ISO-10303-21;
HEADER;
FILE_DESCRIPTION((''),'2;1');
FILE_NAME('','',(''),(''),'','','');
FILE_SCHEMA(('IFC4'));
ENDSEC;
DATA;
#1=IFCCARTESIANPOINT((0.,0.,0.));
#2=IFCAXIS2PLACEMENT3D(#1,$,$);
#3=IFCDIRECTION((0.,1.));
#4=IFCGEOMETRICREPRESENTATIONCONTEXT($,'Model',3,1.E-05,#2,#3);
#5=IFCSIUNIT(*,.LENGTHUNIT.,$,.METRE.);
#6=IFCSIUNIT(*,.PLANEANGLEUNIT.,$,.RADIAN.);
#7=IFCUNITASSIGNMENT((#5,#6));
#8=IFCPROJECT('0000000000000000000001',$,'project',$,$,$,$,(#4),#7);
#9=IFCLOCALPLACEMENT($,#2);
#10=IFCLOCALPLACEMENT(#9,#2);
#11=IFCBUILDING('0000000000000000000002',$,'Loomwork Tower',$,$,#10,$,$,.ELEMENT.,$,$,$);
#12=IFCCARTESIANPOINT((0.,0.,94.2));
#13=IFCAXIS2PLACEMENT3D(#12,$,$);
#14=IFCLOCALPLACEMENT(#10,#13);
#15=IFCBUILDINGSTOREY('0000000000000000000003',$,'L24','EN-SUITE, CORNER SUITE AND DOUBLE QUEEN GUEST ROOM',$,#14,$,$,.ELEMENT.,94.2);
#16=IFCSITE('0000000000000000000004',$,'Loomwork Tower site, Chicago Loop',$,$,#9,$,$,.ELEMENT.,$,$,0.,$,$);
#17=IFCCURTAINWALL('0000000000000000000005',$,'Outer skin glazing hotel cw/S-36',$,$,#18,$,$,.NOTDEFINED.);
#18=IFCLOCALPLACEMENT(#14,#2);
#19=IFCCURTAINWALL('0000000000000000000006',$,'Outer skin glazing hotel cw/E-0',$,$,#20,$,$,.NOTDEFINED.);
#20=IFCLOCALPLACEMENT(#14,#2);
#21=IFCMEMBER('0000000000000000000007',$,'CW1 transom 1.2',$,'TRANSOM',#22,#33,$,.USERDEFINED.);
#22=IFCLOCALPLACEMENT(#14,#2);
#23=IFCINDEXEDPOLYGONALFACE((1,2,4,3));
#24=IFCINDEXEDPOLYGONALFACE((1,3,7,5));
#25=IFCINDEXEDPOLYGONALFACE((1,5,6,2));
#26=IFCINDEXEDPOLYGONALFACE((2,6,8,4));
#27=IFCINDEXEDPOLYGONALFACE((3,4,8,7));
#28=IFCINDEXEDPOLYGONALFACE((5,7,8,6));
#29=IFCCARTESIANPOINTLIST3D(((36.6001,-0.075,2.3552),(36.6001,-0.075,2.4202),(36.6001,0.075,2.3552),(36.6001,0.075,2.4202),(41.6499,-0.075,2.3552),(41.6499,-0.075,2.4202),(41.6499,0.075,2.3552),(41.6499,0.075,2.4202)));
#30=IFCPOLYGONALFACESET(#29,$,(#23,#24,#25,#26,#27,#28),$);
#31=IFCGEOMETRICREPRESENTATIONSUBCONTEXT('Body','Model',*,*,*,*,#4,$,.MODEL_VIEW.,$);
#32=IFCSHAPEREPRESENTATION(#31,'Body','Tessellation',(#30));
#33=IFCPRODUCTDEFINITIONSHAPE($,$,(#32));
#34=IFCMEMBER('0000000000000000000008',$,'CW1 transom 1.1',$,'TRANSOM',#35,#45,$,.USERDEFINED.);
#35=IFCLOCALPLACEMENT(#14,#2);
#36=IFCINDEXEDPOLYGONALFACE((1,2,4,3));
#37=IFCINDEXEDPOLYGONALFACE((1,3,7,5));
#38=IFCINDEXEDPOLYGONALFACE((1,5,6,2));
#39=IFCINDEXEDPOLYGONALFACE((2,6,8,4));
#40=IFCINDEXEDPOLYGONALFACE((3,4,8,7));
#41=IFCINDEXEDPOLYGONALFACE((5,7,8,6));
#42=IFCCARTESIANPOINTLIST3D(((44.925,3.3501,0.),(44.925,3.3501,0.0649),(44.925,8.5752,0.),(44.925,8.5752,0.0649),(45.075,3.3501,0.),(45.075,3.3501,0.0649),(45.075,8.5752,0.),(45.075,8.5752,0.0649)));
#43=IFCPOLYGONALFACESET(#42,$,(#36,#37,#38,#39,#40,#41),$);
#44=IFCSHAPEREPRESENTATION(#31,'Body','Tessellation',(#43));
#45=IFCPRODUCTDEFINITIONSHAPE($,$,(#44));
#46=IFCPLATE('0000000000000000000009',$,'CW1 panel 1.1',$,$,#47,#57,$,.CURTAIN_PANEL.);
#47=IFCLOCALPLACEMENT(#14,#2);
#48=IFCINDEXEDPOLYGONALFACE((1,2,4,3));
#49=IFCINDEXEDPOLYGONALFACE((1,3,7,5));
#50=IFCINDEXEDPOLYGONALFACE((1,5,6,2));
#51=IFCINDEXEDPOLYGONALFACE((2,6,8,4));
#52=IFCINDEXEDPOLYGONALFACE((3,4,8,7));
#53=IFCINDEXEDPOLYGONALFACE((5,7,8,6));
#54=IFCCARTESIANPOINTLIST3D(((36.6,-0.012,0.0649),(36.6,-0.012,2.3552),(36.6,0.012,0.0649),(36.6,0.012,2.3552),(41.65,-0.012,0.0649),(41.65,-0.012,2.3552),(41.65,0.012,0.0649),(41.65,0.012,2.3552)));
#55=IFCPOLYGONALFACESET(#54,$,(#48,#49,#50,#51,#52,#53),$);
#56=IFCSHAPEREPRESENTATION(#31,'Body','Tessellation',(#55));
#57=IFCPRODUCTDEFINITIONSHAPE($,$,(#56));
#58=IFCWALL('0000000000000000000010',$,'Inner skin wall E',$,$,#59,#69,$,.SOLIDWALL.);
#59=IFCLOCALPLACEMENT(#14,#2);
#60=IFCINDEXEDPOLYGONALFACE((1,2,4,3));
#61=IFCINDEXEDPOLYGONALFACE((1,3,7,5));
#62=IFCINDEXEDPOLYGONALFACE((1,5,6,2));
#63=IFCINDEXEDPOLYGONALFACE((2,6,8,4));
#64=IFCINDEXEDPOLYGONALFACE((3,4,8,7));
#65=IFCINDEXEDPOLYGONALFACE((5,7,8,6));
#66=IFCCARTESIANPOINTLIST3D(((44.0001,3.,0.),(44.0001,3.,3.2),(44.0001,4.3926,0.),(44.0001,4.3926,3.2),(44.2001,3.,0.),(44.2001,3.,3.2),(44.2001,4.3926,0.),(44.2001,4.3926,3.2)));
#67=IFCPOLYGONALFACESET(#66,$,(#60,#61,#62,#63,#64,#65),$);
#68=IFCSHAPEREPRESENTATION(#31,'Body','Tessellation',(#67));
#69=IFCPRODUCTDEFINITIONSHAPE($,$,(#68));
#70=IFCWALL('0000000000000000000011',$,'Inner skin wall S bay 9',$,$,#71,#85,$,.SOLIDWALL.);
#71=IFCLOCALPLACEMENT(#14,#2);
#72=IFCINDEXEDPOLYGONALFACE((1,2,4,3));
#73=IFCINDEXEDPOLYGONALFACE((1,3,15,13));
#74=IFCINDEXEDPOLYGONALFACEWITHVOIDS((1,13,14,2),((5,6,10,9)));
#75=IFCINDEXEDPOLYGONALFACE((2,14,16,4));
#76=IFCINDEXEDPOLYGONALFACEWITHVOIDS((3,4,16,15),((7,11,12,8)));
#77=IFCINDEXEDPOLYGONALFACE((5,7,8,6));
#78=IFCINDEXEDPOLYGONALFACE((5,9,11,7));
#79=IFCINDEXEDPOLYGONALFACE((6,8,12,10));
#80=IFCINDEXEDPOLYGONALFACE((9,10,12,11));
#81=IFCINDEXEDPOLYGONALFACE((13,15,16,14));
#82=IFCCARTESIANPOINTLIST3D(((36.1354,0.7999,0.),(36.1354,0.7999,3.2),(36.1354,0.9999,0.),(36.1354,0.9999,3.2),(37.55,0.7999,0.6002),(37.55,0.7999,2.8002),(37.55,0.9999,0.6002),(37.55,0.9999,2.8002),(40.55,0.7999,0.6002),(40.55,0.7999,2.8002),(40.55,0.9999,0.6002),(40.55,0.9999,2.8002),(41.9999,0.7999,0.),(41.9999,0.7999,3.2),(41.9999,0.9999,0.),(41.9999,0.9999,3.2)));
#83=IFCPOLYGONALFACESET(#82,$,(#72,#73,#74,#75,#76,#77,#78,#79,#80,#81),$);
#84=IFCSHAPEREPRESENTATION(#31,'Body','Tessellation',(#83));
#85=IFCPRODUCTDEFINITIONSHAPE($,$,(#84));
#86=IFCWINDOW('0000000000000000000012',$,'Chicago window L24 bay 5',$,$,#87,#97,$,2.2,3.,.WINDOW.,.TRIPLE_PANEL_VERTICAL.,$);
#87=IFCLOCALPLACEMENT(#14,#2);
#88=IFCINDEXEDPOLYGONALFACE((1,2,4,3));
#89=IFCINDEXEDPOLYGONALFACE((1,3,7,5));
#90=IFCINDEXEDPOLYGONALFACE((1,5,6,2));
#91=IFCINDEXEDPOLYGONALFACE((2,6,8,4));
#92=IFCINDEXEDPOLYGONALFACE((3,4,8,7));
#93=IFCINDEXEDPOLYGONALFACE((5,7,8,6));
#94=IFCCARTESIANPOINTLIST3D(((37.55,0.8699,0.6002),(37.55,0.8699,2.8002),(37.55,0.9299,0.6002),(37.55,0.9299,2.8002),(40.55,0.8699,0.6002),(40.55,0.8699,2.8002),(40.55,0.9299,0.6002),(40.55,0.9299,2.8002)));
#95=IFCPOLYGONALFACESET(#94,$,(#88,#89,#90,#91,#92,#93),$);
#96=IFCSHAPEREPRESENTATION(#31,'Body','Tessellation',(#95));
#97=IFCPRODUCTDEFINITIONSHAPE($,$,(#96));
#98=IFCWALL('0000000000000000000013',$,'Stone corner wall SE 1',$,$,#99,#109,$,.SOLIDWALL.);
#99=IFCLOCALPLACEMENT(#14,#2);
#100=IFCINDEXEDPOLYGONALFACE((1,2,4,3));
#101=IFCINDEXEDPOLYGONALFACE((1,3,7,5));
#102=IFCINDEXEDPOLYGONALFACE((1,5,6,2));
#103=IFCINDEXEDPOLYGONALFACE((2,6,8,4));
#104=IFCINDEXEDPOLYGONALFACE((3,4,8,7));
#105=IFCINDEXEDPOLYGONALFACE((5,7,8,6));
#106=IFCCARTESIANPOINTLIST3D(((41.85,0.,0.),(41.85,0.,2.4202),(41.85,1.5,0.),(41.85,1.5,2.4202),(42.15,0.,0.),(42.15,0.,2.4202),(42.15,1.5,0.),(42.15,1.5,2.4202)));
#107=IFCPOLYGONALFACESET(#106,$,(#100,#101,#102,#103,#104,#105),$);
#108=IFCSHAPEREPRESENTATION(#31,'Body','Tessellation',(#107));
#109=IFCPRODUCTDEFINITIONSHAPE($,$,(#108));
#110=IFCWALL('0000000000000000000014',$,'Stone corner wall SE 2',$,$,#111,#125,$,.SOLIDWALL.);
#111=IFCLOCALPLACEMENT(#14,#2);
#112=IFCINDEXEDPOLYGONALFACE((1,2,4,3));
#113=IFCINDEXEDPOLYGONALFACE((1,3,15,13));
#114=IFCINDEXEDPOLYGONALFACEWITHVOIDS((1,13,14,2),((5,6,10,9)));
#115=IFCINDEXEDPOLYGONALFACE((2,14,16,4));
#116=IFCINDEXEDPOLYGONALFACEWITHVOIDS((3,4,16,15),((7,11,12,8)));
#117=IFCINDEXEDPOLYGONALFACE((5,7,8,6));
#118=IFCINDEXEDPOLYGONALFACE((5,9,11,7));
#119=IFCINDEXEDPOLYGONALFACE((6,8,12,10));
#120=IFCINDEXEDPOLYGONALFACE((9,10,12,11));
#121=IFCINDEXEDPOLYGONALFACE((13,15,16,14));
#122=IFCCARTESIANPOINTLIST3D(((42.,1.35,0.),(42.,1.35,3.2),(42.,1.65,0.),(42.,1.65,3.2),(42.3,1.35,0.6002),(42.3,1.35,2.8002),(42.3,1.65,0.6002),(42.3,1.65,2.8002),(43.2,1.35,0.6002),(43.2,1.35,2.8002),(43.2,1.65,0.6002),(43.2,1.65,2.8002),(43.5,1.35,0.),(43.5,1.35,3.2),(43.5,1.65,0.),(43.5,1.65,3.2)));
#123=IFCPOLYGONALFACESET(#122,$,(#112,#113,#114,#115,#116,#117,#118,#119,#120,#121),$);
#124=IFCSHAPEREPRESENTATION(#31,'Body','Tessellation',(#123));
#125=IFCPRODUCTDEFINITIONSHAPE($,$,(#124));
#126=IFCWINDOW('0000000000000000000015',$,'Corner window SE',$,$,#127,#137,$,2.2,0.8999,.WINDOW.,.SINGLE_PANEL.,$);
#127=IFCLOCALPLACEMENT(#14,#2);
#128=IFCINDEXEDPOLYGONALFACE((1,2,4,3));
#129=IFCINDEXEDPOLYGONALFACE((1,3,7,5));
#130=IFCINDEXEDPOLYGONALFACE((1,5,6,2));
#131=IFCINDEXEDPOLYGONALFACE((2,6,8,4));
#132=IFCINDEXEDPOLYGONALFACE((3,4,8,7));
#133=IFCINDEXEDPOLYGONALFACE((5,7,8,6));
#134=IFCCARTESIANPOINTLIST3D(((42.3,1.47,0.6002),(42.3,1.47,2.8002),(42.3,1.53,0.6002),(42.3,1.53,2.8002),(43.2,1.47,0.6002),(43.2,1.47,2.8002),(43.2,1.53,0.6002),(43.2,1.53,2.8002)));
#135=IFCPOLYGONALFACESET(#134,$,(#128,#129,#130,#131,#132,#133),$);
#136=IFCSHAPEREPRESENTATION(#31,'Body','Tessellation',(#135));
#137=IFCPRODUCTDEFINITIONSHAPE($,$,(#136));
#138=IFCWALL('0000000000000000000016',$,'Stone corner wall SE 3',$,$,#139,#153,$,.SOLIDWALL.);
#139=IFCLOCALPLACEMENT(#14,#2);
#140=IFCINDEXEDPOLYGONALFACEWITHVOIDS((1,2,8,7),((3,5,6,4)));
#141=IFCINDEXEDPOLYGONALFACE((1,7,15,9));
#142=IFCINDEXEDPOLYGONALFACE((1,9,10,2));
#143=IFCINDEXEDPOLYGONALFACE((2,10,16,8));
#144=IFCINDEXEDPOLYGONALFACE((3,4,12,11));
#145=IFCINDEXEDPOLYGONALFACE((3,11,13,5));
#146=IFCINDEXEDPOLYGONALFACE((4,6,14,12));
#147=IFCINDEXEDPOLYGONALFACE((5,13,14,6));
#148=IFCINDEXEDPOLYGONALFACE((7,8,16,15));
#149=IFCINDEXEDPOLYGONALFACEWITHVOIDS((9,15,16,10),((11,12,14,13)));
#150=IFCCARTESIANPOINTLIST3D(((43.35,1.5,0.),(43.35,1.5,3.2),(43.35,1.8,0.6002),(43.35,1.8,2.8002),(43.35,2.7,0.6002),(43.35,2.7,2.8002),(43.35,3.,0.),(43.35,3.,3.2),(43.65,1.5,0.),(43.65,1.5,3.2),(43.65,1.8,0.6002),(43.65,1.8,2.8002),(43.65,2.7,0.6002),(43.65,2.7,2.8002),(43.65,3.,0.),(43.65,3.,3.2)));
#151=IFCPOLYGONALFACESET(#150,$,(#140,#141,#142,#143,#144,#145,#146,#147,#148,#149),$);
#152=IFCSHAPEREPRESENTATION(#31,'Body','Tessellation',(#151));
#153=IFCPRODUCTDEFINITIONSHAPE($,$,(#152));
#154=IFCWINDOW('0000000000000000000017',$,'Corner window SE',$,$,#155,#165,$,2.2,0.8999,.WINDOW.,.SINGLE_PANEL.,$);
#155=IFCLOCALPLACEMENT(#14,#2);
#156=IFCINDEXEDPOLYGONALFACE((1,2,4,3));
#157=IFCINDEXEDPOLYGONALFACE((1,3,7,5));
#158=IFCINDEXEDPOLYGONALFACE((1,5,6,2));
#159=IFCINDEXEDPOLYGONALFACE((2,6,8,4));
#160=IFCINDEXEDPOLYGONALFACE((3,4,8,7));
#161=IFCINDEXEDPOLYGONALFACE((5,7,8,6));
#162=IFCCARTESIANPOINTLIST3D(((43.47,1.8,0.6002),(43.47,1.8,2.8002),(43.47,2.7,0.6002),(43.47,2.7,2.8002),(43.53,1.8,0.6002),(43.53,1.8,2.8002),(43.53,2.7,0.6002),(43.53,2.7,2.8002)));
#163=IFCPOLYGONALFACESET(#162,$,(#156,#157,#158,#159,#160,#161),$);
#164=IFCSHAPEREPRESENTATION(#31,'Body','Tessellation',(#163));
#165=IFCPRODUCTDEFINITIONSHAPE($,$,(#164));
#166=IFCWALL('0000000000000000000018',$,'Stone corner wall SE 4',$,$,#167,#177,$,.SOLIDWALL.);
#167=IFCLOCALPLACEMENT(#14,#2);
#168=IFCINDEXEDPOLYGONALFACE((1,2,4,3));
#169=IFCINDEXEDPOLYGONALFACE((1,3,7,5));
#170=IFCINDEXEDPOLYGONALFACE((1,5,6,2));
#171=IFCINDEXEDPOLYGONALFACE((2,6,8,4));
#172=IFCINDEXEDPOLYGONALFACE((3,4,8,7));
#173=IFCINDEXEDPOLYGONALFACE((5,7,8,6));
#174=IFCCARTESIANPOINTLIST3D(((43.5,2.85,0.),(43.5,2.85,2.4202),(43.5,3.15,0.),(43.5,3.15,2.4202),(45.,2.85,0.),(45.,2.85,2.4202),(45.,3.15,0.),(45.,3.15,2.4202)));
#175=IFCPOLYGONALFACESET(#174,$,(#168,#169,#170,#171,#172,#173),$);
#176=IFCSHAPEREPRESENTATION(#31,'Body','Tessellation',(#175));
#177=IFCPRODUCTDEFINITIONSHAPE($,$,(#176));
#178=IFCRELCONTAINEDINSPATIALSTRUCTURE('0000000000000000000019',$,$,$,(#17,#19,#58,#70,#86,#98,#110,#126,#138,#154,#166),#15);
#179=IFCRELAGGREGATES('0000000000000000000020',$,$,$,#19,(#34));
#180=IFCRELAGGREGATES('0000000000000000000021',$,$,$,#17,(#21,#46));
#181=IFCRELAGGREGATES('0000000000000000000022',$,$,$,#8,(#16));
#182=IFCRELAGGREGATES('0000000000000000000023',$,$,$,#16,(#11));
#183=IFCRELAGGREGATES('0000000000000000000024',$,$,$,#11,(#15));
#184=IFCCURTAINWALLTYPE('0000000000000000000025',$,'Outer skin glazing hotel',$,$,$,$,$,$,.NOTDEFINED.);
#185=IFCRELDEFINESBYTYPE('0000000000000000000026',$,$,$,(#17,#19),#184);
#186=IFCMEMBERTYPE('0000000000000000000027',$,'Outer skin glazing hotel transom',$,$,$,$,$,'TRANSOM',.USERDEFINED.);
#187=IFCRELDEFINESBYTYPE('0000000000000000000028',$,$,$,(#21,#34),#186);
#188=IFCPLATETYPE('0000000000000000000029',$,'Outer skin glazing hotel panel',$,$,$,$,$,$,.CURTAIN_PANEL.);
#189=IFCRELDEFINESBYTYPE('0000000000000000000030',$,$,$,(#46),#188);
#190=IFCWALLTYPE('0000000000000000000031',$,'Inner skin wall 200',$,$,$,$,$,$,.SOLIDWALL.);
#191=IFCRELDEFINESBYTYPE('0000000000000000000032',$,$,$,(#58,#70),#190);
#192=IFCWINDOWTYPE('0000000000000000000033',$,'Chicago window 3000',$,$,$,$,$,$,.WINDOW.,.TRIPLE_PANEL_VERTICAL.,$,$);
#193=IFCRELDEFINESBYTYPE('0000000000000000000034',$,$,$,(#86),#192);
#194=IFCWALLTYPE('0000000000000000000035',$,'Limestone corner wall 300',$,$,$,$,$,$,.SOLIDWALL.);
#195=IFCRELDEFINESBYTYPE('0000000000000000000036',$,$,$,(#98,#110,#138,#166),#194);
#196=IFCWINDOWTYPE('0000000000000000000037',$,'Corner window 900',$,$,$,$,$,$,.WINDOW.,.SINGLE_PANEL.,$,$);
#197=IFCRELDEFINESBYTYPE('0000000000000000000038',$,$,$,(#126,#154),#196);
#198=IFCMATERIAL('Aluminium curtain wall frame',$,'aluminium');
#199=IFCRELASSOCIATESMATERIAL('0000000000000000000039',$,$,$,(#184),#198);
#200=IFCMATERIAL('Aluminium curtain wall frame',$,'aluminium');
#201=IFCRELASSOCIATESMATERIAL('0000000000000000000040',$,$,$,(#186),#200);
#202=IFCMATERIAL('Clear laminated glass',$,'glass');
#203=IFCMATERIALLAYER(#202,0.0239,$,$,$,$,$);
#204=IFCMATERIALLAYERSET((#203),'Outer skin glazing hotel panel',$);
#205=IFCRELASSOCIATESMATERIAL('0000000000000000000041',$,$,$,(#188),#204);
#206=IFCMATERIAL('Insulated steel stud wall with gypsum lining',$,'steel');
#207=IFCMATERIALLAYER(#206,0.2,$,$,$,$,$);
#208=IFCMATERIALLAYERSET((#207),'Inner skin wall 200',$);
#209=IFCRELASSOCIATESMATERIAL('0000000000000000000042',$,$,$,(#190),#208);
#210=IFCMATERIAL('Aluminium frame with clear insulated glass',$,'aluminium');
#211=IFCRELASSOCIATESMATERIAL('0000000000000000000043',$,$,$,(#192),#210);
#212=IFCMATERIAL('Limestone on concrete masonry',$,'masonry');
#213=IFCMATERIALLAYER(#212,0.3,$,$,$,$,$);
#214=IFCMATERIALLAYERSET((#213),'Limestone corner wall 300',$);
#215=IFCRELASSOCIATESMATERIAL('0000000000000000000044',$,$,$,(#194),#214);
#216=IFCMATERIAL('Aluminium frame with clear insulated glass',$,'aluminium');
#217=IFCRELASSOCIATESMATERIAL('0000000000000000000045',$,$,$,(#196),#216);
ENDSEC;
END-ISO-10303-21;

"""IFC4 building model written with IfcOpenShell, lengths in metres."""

from ifc_helpers import new_model, si_unit, direction, frame, frame_2d, origin, origin_2d, place, context, subcontext, project, spatial, rectangle, extrude, material, layer, layer_set, material_profile, profile_set, type_object, element, fill, aggregate, save


model = new_model("IFC4")

# Units and contexts
model_context = context("Model", 3, precision=1e-05, world=origin(), true_north=direction((0.0, 1.0)))
body_context = subcontext(model_context, "Body", "Model", "MODEL_VIEW")
ifc_project = project(units=[si_unit("LENGTHUNIT", "METRE"), si_unit("PLANEANGLEUNIT", "RADIAN")], contexts=[model_context])

# Site, building, storey
site_placement = place(None, origin())
site = spatial("IfcSite", under=ifc_project, at=site_placement, Name="Loomwork Tower site, Chicago Loop", CompositionType="ELEMENT", RefElevation=0.0)
building_placement = place(site_placement, origin())
building = spatial("IfcBuilding", under=site, at=building_placement, Name="Loomwork Tower", CompositionType="ELEMENT")
storey_placement = place(building_placement, frame((0.0, 0.0, 94.2)))
storey = spatial("IfcBuildingStorey", under=building, at=storey_placement, Name="L24", Description="EN-SUITE, CORNER SUITE AND DOUBLE QUEEN GUEST ROOM", CompositionType="ELEMENT", Elevation=94.2)

# Curtain wall
ifc_material_1 = material(Name="Aluminium curtain wall frame", Category="aluminium")
curtain_wall_type = type_object("IfcCurtainWallType", Name="Outer skin glazing hotel", PredefinedType="NOTDEFINED", material=ifc_material_1)
curtain_wall_1_placement = place(storey_placement, origin())
curtain_wall_1 = element("IfcCurtainWall", 1, at=curtain_wall_1_placement, inside=storey, type_object=curtain_wall_type, Name="Outer skin glazing hotel cw/S-36", PredefinedType="NOTDEFINED")

# Curtain wall
curtain_wall_2_placement = place(storey_placement, origin())
curtain_wall_2 = element("IfcCurtainWall", 2, at=curtain_wall_2_placement, inside=storey, type_object=curtain_wall_type, Name="Outer skin glazing hotel cw/E-0", PredefinedType="NOTDEFINED")

# Members
ifc_material_2 = material(Name="Aluminium curtain wall frame", Category="aluminium")
ifc_material_profile_1 = material_profile(ifc_material_2, rectangle(XDim=0.1499, YDim=0.0649, at=origin_2d()), Name="AL 65x150")
ifc_profile_set_1 = profile_set([ifc_material_profile_1], Name="Aluminium curtain wall frame")
member_type_1 = type_object("IfcMemberType", Name="Outer skin glazing hotel transom", ElementType="TRANSOM", PredefinedType="USERDEFINED", material=ifc_profile_set_1)
member_1_placement = place(storey_placement, frame((36.6001, 0.0, 2.3877), z_axis=(1.0, 0.0, 0.0), x_axis=(0.0, 1.0, 0.0)))
member_1 = element("IfcMember", 3, at=member_1_placement, type_object=member_type_1, Name="CW1 transom 1.2", ObjectType="TRANSOM", PredefinedType="USERDEFINED", context=body_context, shape_type="SweptSolid", body=[
    extrude(rectangle(XDim=0.1499, YDim=0.0649, at=origin_2d()), origin(), (0.0, 0.0, 1.0), 5.0498),
])
member_2_placement = place(storey_placement, frame((45.0, 3.3501, 0.0325), z_axis=(0.0, 1.0, 0.0), x_axis=(-1.0, 0.0, 0.0)))
member_2 = element("IfcMember", 4, at=member_2_placement, type_object=member_type_1, Name="CW1 transom 1.1", ObjectType="TRANSOM", PredefinedType="USERDEFINED", context=body_context, shape_type="SweptSolid", body=[
    extrude(rectangle(XDim=0.1499, YDim=0.0649, at=origin_2d()), origin(), (0.0, 0.0, 1.0), 5.2251),
])
aggregate(curtain_wall_2, [member_2])

# Plate
ifc_material_3 = material(Name="Clear laminated glass", Category="glass")
ifc_layer_1 = layer(ifc_material_3, 0.0239)
ifc_layer_set_1 = layer_set([ifc_layer_1], Name="Outer skin glazing hotel panel")
plate_type = type_object("IfcPlateType", Name="Outer skin glazing hotel panel", PredefinedType="CURTAIN_PANEL", material=ifc_layer_set_1)
plate_placement = place(storey_placement, frame((39.125, 0.0, 0.0649), z_axis=(0.0, 0.0, 1.0), x_axis=(1.0, 0.0, 0.0)))
plate = element("IfcPlate", 5, at=plate_placement, type_object=plate_type, Name="CW1 panel 1.1", PredefinedType="CURTAIN_PANEL", context=body_context, shape_type="SweptSolid", body=[
    extrude(rectangle(XDim=5.05, YDim=0.0239, at=origin_2d()), origin(), (0.0, 0.0, 1.0), 2.2903),
])
aggregate(curtain_wall_1, [member_1, plate])

# Wall
ifc_material_4 = material(Name="Insulated steel stud wall with gypsum lining", Category="steel")
ifc_layer_2 = layer(ifc_material_4, 0.2)
ifc_layer_set_2 = layer_set([ifc_layer_2], Name="Inner skin wall 200")
wall_type_1 = type_object("IfcWallType", Name="Inner skin wall 200", PredefinedType="SOLIDWALL", material=ifc_layer_set_2)
wall_1_placement = place(storey_placement, frame((44.1001, 3.0, 0.0), z_axis=(0.0, 0.0, 1.0), x_axis=(0.0, 1.0, 0.0)))
element("IfcWall", 6, at=wall_1_placement, inside=storey, type_object=wall_type_1, Name="Inner skin wall E", PredefinedType="SOLIDWALL", context=body_context, shape_type="SweptSolid", body=[
    extrude(rectangle(XDim=1.3926, YDim=0.2, at=frame_2d((0.6963, 0.0))), origin(), (0.0, 0.0, 1.0), 3.2),
])

# Wall, opening, window
wall_2_placement = place(storey_placement, frame((36.1355, 0.8999, 0.0), z_axis=(0.0, 0.0, 1.0), x_axis=(1.0, 0.0, 0.0)))
wall_2 = element("IfcWall", 7, at=wall_2_placement, inside=storey, type_object=wall_type_1, Name="Inner skin wall S bay 9", PredefinedType="SOLIDWALL", context=body_context, shape_type="SweptSolid", body=[
    extrude(rectangle(XDim=5.8645, YDim=0.2, at=frame_2d((2.9321, 0.0))), origin(), (0.0, 0.0, 1.0), 3.2),
])
opening_1_placement = place(wall_2_placement, frame((1.4146, 0.0, 0.6001)))
opening_1 = element("IfcOpeningElement", 8, at=opening_1_placement, cuts=wall_2, PredefinedType="OPENING", context=body_context, shape_type="SweptSolid", body=[
    extrude(rectangle(XDim=3.0, YDim=2.2, at=frame_2d((1.5, 1.1001))), frame((0.0, 0.1099, 0.0), z_axis=(0.0, -1.0, 0.0), x_axis=(1.0, 0.0, 0.0)), (0.0, 0.0, 1.0), 0.22),
])
ifc_material_5 = material(Name="Aluminium frame with clear insulated glass", Category="aluminium")
window_type_1 = type_object("IfcWindowType", Name="Chicago window 3000", PartitioningType="TRIPLE_PANEL_VERTICAL", PredefinedType="WINDOW", material=ifc_material_5)
window_1_placement = place(opening_1_placement, origin())
window_1 = element("IfcWindow", 9, at=window_1_placement, inside=storey, type_object=window_type_1, Name="Chicago window L24 bay 5", OverallHeight=2.2, OverallWidth=3.0, PartitioningType="TRIPLE_PANEL_VERTICAL", PredefinedType="WINDOW", context=body_context, shape_type="SweptSolid", body=[
    extrude(rectangle(XDim=3.0, YDim=2.2, at=frame_2d((1.5, 1.1001))), frame((0.0, 0.03, 0.0), z_axis=(0.0, -1.0, 0.0), x_axis=(1.0, 0.0, 0.0)), (0.0, 0.0, 1.0), 0.0601),
])
fill(opening_1, window_1)

# Wall
ifc_material_6 = material(Name="Limestone on concrete masonry", Category="masonry")
ifc_layer_3 = layer(ifc_material_6, 0.3)
ifc_layer_set_3 = layer_set([ifc_layer_3], Name="Limestone corner wall 300")
wall_type_2 = type_object("IfcWallType", Name="Limestone corner wall 300", PredefinedType="SOLIDWALL", material=ifc_layer_set_3)
wall_3_placement = place(storey_placement, frame((42.0, 0.0, 0.0), z_axis=(0.0, 0.0, 1.0), x_axis=(0.0, 1.0, 0.0)))
element("IfcWall", 10, at=wall_3_placement, inside=storey, type_object=wall_type_2, Name="Stone corner wall SE 1", PredefinedType="SOLIDWALL", context=body_context, shape_type="SweptSolid", body=[
    extrude(rectangle(XDim=1.5, YDim=0.3, at=frame_2d((0.75, 0.0))), origin(), (0.0, 0.0, 1.0), 2.4202),
])

# Walls, openings, windows
wall_4_placement = place(storey_placement, frame((42.0, 1.5, 0.0), z_axis=(0.0, 0.0, 1.0), x_axis=(1.0, 0.0, 0.0)))
wall_4 = element("IfcWall", 11, at=wall_4_placement, inside=storey, type_object=wall_type_2, Name="Stone corner wall SE 2", PredefinedType="SOLIDWALL", context=body_context, shape_type="SweptSolid", body=[
    extrude(rectangle(XDim=1.5, YDim=0.3, at=frame_2d((0.75, 0.0))), origin(), (0.0, 0.0, 1.0), 3.2),
])
opening_2_placement = place(wall_4_placement, frame((0.3, 0.0, 0.6001)))
opening_2 = element("IfcOpeningElement", 12, at=opening_2_placement, cuts=wall_4, PredefinedType="OPENING", context=body_context, shape_type="SweptSolid", body=[
    extrude(rectangle(XDim=0.8999, YDim=2.2, at=frame_2d((0.45, 1.1001))), frame((0.0, 0.1599, 0.0), z_axis=(0.0, -1.0, 0.0), x_axis=(1.0, 0.0, 0.0)), (0.0, 0.0, 1.0), 0.3201),
])
ifc_material_7 = material(Name="Aluminium frame with clear insulated glass", Category="aluminium")
window_type_2 = type_object("IfcWindowType", Name="Corner window 900", PartitioningType="SINGLE_PANEL", PredefinedType="WINDOW", material=ifc_material_7)
window_2_placement = place(opening_2_placement, origin())
window_2 = element("IfcWindow", 13, at=window_2_placement, inside=storey, type_object=window_type_2, Name="Corner window SE", OverallHeight=2.2, OverallWidth=0.8999, PartitioningType="SINGLE_PANEL", PredefinedType="WINDOW", context=body_context, shape_type="SweptSolid", body=[
    extrude(rectangle(XDim=0.8999, YDim=2.2, at=frame_2d((0.45, 1.1001))), frame((0.0, 0.03, 0.0), z_axis=(0.0, -1.0, 0.0), x_axis=(1.0, 0.0, 0.0)), (0.0, 0.0, 1.0), 0.0601),
])
fill(opening_2, window_2)
wall_5_placement = place(storey_placement, frame((43.5, 1.5, 0.0), z_axis=(0.0, 0.0, 1.0), x_axis=(0.0, 1.0, 0.0)))
wall_5 = element("IfcWall", 14, at=wall_5_placement, inside=storey, type_object=wall_type_2, Name="Stone corner wall SE 3", PredefinedType="SOLIDWALL", context=body_context, shape_type="SweptSolid", body=[
    extrude(rectangle(XDim=1.5, YDim=0.3, at=frame_2d((0.75, 0.0))), origin(), (0.0, 0.0, 1.0), 3.2),
])
opening_3_placement = place(wall_5_placement, frame((0.3, 0.0, 0.6001)))
opening_3 = element("IfcOpeningElement", 15, at=opening_3_placement, cuts=wall_5, PredefinedType="OPENING", context=body_context, shape_type="SweptSolid", body=[
    extrude(rectangle(XDim=0.8999, YDim=2.2, at=frame_2d((0.45, 1.1001))), frame((0.0, 0.1599, 0.0), z_axis=(0.0, -1.0, 0.0), x_axis=(1.0, 0.0, 0.0)), (0.0, 0.0, 1.0), 0.3201),
])
window_3_placement = place(opening_3_placement, origin())
window_3 = element("IfcWindow", 16, at=window_3_placement, inside=storey, type_object=window_type_2, Name="Corner window SE", OverallHeight=2.2, OverallWidth=0.8999, PartitioningType="SINGLE_PANEL", PredefinedType="WINDOW", context=body_context, shape_type="SweptSolid", body=[
    extrude(rectangle(XDim=0.8999, YDim=2.2, at=frame_2d((0.45, 1.1001))), frame((0.0, 0.03, 0.0), z_axis=(0.0, -1.0, 0.0), x_axis=(1.0, 0.0, 0.0)), (0.0, 0.0, 1.0), 0.0601),
])
fill(opening_3, window_3)

# Wall
wall_6_placement = place(storey_placement, frame((43.5, 3.0, 0.0), z_axis=(0.0, 0.0, 1.0), x_axis=(1.0, 0.0, 0.0)))
element("IfcWall", 17, at=wall_6_placement, inside=storey, type_object=wall_type_2, Name="Stone corner wall SE 4", PredefinedType="SOLIDWALL", context=body_context, shape_type="SweptSolid", body=[
    extrude(rectangle(XDim=1.5, YDim=0.3, at=frame_2d((0.75, 0.0))), origin(), (0.0, 0.0, 1.0), 2.4202),
])

save(model, "model.ifc")
